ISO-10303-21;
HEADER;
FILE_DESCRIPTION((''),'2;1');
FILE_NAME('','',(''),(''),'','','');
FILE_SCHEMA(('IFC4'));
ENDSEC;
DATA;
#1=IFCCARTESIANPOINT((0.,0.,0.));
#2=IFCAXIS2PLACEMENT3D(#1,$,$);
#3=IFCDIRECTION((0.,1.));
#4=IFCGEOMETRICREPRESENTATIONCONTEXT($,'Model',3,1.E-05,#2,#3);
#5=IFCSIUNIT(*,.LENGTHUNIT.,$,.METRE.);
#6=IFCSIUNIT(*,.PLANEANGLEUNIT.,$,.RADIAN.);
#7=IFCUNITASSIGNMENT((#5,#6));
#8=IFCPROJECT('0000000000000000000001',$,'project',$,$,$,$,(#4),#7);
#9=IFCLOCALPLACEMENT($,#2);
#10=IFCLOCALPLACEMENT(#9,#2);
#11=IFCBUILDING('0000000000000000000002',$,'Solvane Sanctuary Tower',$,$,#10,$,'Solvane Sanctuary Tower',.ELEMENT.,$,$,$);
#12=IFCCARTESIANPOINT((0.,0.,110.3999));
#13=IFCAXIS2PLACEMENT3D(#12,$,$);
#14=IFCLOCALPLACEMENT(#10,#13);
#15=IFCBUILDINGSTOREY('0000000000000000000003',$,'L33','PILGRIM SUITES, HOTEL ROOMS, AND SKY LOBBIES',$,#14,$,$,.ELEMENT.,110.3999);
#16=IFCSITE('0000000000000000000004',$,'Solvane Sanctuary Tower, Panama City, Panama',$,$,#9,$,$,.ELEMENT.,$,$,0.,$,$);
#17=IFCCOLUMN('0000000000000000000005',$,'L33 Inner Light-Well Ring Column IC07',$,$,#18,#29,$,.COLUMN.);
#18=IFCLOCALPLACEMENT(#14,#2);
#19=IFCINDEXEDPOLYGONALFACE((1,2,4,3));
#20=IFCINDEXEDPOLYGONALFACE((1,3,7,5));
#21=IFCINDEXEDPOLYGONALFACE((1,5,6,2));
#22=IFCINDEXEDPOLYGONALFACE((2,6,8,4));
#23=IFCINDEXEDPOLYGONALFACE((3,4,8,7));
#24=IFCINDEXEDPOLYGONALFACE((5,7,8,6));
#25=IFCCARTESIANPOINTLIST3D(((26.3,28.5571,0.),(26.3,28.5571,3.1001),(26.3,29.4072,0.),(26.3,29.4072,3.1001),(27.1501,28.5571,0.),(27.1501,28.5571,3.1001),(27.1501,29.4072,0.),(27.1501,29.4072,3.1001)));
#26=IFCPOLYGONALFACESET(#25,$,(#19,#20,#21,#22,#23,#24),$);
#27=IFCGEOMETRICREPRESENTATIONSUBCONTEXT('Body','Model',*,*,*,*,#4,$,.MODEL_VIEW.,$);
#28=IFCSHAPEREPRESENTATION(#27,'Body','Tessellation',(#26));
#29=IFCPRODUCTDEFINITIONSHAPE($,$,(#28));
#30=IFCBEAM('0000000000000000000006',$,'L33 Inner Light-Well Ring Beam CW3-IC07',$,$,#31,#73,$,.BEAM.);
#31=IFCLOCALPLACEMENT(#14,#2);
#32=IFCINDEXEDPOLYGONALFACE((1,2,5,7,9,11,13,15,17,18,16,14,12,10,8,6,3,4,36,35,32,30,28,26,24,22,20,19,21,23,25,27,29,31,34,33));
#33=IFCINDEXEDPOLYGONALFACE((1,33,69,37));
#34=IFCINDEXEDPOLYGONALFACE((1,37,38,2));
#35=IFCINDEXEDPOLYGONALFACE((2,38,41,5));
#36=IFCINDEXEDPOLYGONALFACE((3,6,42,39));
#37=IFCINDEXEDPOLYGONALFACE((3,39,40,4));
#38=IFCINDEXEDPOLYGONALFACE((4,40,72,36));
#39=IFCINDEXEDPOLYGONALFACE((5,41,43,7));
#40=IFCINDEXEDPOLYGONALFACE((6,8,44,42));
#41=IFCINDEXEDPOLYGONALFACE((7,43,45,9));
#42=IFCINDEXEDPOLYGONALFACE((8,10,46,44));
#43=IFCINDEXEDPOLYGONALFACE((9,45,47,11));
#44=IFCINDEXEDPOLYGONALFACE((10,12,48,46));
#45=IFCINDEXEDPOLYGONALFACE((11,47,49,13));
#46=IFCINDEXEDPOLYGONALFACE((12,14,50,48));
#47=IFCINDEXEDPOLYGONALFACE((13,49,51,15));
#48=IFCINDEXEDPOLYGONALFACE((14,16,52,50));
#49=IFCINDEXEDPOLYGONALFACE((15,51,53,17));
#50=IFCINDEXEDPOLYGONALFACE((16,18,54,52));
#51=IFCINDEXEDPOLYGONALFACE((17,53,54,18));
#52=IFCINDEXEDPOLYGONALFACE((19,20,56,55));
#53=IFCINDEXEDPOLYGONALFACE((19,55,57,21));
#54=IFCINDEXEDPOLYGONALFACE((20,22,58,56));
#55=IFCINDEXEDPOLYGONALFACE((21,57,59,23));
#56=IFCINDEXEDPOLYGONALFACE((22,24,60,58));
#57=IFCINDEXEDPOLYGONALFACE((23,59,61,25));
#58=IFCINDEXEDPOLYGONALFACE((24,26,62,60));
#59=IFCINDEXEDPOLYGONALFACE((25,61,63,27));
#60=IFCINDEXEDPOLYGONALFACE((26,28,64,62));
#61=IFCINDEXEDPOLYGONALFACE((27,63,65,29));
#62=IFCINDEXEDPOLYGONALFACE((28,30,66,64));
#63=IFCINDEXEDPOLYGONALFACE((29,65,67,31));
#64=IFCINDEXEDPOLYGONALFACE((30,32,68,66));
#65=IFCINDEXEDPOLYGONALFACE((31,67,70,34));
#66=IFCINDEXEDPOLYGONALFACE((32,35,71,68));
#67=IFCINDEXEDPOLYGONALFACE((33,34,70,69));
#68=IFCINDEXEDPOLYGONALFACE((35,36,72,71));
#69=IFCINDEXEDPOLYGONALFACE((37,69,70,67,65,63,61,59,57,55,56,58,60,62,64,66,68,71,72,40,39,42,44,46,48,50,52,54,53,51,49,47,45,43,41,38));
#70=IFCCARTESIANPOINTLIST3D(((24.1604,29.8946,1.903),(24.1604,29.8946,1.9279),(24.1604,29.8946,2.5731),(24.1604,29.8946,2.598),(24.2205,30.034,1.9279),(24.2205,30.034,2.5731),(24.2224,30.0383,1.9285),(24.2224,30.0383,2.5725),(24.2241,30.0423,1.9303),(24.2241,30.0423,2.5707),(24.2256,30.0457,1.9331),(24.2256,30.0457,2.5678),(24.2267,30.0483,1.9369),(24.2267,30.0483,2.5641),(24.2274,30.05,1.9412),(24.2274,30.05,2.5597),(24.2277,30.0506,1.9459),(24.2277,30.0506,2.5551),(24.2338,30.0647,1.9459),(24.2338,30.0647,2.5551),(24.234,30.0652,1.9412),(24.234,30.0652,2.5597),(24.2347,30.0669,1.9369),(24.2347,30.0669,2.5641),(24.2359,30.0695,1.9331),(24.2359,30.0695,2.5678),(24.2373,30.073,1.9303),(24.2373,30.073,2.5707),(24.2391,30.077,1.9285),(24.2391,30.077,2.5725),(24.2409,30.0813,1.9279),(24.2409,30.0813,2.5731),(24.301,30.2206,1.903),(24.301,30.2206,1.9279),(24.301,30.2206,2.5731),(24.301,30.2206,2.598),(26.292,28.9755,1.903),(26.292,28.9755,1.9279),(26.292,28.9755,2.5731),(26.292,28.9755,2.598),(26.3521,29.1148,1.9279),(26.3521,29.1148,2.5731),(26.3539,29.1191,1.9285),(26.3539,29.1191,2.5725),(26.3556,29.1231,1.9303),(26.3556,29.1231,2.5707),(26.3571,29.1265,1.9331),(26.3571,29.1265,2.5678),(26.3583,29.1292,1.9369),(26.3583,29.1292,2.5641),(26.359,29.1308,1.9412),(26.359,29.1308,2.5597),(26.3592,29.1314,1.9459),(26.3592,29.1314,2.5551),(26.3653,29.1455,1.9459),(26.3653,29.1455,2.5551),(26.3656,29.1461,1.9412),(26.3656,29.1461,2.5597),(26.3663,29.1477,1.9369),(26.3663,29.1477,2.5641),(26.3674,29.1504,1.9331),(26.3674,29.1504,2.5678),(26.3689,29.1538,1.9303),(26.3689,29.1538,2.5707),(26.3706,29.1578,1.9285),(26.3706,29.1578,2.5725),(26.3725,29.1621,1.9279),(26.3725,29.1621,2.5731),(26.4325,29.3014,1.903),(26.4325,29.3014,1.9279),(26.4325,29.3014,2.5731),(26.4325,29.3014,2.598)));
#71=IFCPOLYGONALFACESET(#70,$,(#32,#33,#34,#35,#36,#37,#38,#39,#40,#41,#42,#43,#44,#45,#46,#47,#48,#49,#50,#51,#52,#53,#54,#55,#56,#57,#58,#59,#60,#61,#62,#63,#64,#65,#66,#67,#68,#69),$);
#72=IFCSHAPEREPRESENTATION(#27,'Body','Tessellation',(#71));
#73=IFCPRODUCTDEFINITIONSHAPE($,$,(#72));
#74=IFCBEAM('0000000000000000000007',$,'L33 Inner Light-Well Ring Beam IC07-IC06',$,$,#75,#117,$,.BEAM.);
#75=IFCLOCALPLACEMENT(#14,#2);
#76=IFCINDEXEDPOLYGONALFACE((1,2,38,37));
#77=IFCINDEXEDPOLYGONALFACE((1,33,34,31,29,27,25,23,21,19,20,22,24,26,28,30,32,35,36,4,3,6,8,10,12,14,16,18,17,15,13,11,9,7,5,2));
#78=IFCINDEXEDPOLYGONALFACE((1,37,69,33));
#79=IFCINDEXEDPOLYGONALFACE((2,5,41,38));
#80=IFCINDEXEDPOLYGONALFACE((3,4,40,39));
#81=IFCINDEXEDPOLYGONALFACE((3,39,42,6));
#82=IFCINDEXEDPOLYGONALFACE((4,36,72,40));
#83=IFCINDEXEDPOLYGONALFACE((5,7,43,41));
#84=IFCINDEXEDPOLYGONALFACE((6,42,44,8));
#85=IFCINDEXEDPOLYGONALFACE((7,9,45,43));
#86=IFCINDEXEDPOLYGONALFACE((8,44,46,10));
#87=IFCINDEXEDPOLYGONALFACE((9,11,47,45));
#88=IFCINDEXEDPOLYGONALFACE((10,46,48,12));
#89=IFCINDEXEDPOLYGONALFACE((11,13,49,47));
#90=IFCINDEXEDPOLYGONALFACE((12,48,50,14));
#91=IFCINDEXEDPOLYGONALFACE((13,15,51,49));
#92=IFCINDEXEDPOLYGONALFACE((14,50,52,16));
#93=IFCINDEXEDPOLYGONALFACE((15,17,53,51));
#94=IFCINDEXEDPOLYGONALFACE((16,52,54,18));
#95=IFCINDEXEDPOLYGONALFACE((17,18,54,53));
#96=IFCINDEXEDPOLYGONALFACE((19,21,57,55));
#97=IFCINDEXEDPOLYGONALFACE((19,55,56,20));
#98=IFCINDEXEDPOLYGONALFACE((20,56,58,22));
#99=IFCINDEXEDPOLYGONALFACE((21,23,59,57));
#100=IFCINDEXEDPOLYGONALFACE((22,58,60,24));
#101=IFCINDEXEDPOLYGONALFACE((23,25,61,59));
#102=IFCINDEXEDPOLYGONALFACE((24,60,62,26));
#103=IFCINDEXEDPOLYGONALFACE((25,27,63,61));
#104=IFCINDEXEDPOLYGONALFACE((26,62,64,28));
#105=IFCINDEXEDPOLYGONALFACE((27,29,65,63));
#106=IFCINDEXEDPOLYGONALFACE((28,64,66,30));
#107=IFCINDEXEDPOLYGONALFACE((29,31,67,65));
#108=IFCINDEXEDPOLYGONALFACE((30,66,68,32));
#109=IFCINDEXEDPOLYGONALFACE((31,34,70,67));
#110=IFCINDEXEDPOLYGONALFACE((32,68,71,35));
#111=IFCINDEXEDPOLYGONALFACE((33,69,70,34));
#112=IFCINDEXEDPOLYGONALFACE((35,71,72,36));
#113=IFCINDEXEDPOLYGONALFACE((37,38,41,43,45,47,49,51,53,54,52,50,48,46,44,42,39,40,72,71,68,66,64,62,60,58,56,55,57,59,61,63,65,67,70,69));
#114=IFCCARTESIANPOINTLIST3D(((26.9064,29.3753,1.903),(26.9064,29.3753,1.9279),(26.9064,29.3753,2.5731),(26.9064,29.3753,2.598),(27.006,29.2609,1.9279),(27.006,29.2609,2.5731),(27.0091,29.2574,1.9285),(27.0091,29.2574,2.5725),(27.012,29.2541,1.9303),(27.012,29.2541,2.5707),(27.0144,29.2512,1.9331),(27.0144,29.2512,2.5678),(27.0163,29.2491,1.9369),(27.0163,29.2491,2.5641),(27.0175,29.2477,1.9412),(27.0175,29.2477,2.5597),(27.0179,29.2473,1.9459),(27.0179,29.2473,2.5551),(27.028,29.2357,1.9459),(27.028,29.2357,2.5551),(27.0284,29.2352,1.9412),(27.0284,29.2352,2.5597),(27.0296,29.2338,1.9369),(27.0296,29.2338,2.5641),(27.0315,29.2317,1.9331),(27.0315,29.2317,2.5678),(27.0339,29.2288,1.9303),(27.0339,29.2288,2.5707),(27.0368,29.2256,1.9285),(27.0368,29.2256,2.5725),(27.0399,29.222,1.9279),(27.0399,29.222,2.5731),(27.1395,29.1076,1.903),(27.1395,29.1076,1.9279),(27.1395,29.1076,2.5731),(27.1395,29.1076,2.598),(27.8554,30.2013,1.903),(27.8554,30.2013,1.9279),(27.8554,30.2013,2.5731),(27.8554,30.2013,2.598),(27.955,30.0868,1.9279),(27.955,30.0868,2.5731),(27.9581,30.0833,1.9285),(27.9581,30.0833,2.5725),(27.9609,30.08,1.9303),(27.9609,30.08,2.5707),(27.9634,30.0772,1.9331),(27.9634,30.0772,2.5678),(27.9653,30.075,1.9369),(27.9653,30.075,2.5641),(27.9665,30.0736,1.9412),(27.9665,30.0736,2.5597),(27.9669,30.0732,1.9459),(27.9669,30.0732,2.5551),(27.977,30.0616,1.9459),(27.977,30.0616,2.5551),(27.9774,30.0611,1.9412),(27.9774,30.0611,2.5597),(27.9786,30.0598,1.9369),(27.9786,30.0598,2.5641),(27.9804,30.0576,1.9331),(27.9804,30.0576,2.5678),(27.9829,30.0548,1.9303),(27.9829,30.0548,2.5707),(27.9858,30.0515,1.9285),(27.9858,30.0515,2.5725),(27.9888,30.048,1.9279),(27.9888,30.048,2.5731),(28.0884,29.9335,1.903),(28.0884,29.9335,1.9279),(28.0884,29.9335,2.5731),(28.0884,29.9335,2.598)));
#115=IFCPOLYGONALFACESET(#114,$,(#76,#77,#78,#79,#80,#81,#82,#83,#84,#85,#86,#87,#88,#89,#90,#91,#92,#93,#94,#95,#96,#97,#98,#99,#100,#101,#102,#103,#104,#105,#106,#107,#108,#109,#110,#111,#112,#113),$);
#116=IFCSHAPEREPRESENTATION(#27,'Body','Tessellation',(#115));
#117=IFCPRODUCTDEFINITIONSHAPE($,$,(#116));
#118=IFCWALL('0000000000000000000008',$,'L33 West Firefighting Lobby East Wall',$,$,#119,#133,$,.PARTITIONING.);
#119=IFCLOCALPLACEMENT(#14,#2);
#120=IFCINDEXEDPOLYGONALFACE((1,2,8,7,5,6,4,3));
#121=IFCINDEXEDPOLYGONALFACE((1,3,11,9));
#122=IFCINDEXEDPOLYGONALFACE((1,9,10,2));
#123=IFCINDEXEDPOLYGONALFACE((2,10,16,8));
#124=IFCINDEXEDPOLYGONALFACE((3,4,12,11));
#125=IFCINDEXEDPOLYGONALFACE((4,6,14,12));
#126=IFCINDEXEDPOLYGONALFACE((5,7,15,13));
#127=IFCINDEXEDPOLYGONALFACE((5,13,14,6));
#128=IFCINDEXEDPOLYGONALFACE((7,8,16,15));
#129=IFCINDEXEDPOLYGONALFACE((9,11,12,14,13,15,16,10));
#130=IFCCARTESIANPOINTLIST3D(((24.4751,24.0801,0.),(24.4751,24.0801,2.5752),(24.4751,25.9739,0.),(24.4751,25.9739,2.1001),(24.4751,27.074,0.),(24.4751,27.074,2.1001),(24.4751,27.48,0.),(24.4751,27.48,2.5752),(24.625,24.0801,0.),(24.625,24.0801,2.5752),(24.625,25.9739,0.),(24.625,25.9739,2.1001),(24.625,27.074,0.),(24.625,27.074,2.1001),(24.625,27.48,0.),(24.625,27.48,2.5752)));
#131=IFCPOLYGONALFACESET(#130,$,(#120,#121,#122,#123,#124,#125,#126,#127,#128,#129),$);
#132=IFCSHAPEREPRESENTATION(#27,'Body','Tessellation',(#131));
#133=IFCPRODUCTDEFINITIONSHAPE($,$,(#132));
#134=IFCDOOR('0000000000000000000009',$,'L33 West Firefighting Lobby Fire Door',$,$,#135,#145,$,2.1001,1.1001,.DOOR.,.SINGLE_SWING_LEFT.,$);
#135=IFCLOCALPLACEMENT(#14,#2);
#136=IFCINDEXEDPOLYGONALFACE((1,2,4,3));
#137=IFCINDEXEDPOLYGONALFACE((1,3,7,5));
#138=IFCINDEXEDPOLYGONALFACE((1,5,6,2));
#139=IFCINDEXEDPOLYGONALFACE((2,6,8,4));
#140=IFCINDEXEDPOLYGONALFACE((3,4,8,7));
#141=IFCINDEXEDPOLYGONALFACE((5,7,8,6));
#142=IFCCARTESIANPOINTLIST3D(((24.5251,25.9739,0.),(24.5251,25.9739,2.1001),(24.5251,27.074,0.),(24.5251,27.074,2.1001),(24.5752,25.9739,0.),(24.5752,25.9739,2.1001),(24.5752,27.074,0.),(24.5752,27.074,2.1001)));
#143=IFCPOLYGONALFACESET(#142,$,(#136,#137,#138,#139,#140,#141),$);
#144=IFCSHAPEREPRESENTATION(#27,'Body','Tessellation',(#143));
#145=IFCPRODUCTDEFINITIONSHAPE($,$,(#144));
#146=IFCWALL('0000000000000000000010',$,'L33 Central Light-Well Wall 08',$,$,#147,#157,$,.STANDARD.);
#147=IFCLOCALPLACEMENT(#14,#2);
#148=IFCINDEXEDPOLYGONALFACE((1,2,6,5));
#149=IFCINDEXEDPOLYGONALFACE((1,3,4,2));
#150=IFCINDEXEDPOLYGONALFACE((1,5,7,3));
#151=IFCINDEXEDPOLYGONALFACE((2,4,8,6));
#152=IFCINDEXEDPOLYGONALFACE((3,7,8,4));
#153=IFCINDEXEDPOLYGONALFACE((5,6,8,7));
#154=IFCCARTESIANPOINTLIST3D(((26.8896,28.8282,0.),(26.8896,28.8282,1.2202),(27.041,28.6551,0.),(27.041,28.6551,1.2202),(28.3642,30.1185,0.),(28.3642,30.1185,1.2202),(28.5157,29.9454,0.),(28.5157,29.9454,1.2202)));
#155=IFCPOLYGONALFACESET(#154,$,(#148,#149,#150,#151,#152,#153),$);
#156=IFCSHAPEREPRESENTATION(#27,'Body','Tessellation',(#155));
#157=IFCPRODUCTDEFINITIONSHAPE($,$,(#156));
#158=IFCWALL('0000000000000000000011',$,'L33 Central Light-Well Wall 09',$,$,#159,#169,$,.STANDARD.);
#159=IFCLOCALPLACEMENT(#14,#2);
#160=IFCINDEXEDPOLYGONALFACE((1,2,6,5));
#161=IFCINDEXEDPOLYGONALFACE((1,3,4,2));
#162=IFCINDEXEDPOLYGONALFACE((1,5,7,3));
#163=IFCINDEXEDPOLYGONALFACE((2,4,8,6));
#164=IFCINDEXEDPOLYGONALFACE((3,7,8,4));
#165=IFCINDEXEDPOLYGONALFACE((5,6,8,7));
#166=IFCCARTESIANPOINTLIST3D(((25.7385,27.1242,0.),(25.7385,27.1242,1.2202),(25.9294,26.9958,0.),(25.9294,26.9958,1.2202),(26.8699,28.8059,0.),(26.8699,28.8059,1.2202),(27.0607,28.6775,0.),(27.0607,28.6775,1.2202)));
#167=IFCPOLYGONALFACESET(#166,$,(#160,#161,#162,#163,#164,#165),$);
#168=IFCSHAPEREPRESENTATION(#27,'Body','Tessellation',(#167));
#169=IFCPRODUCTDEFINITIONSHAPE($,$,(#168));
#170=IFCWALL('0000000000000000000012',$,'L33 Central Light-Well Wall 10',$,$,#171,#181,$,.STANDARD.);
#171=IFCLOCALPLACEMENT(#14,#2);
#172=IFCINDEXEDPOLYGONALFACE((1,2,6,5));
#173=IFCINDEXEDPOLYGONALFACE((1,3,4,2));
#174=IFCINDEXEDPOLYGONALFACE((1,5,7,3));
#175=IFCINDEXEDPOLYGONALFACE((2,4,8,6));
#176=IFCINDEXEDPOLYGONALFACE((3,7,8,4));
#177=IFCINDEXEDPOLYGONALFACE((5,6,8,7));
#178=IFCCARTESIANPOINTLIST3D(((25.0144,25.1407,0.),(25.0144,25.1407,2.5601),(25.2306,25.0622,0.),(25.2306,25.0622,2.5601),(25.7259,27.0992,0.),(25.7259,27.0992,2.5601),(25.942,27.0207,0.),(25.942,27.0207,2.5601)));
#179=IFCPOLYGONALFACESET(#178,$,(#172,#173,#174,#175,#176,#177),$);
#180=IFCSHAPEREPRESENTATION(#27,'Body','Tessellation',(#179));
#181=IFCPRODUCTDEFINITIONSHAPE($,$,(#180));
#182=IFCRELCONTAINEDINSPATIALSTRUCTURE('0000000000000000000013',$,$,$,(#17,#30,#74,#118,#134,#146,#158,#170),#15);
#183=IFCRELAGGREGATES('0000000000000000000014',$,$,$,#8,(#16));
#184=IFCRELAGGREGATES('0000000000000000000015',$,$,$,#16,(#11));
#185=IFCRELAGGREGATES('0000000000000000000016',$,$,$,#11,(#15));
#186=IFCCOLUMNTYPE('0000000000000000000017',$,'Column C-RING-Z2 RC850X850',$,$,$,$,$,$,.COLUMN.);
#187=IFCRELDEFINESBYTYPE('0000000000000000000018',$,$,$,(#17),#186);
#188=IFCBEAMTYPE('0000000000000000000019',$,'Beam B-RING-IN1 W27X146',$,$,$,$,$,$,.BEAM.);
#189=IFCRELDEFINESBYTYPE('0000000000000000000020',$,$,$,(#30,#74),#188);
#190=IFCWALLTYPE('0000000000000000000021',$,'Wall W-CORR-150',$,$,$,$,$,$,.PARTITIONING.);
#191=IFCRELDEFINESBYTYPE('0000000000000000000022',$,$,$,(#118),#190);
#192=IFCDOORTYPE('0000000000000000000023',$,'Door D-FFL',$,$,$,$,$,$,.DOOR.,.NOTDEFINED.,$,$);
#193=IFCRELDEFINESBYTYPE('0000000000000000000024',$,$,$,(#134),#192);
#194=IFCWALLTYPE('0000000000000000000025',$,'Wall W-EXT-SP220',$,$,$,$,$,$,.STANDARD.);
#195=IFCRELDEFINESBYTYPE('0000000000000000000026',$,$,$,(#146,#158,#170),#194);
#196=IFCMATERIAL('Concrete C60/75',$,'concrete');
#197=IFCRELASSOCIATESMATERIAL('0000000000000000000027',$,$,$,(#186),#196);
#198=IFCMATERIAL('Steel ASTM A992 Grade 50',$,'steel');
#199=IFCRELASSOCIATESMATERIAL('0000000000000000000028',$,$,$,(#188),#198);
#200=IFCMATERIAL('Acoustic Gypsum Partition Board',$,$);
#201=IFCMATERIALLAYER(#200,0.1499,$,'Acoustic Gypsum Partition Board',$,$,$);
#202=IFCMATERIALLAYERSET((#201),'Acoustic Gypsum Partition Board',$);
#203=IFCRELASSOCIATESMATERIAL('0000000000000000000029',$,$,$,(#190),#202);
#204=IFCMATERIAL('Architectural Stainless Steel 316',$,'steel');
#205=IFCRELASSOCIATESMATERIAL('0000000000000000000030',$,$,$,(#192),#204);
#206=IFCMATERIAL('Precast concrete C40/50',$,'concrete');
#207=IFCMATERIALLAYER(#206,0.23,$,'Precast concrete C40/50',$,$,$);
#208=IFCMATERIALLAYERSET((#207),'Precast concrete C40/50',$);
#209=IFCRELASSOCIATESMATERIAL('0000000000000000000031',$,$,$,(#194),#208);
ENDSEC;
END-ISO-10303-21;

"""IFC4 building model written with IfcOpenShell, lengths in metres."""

from ifc_helpers import new_model, si_unit, direction, frame, frame_2d, origin, origin_2d, place, context, subcontext, project, spatial, rectangle, i_section, extrude, material, layer, layer_set, material_profile, profile_set, type_object, element, fill, save


model = new_model("IFC4")

# Units and contexts
model_context = context("Model", 3, precision=1e-05, world=origin(), true_north=direction((0.0, 1.0)))
body_context = subcontext(model_context, "Body", "Model", "MODEL_VIEW")
ifc_project = project(units=[si_unit("LENGTHUNIT", "METRE"), si_unit("PLANEANGLEUNIT", "RADIAN")], contexts=[model_context])

# Site, building, storey
site_placement = place(None, origin())
site = spatial("IfcSite", under=ifc_project, at=site_placement, Name="Solvane Sanctuary Tower, Panama City, Panama", CompositionType="ELEMENT", RefElevation=0.0)
building_placement = place(site_placement, origin())
building = spatial("IfcBuilding", under=site, at=building_placement, Name="Solvane Sanctuary Tower", LongName="Solvane Sanctuary Tower", CompositionType="ELEMENT")
storey_placement = place(building_placement, frame((0.0, 0.0, 110.3999)))
storey = spatial("IfcBuildingStorey", under=building, at=storey_placement, Name="L33", Description="PILGRIM SUITES, HOTEL ROOMS, AND SKY LOBBIES", CompositionType="ELEMENT", Elevation=110.3999)

# Column
ifc_material_1 = material(Name="Concrete C60/75", Category="concrete")
ifc_material_profile_1 = material_profile(ifc_material_1, rectangle(XDim=0.8501, YDim=0.8501, at=origin_2d()), Name="RC850X850")
ifc_profile_set_1 = profile_set([ifc_material_profile_1], Name="Concrete C60/75")
column_type = type_object("IfcColumnType", Name="Column C-RING-Z2 RC850X850", PredefinedType="COLUMN", material=ifc_profile_set_1)
column_placement = place(storey_placement, frame((26.7251, 28.9822, 0.0), z_axis=(0.0, 0.0, 1.0), x_axis=(1.0, 0.0, 0.0)))
element("IfcColumn", 1, at=column_placement, inside=storey, type_object=column_type, Name="L33 Inner Light-Well Ring Column IC07", PredefinedType="COLUMN", context=body_context, shape_type="SweptSolid", body=[
    extrude(rectangle(XDim=0.8501, YDim=0.8501, at=origin_2d()), origin(), (0.0, 0.0, 1.0), 3.1001),
])

# Beams
ifc_material_2 = material(Name="Steel ASTM A992 Grade 50", Category="steel")
ifc_material_profile_2 = material_profile(ifc_material_2, i_section(OverallWidth=0.355, OverallDepth=0.6951, WebThickness=0.0154, FlangeThickness=0.0249, FilletRadius=0.0181, at=origin_2d()), Name="W27X146")
ifc_profile_set_2 = profile_set([ifc_material_profile_2], Name="Steel ASTM A992 Grade 50")
beam_type = type_object("IfcBeamType", Name="Beam B-RING-IN1 W27X146", PredefinedType="BEAM", material=ifc_profile_set_2)
beam_1_placement = place(storey_placement, frame((24.2307, 30.0576, 2.2505), z_axis=(0.918261, -0.395975, 0.0), x_axis=(0.395975, 0.918261, 0.0)))
element("IfcBeam", 2, at=beam_1_placement, inside=storey, type_object=beam_type, Name="L33 Inner Light-Well Ring Beam CW3-IC07", PredefinedType="BEAM", context=body_context, shape_type="SweptSolid", body=[
    extrude(i_section(OverallWidth=0.355, OverallDepth=0.6951, WebThickness=0.0154, FlangeThickness=0.0249, FilletRadius=0.0181, at=origin_2d()), origin(), (0.0, 0.0, 1.0), 2.3213),
])
beam_2_placement = place(storey_placement, frame((27.0229, 29.2415, 2.2505), z_axis=(0.754317, 0.65651, 0.0), x_axis=(-0.65651, 0.754317, 0.0)))
element("IfcBeam", 3, at=beam_2_placement, inside=storey, type_object=beam_type, Name="L33 Inner Light-Well Ring Beam IC07-IC06", PredefinedType="BEAM", context=body_context, shape_type="SweptSolid", body=[
    extrude(i_section(OverallWidth=0.355, OverallDepth=0.6951, WebThickness=0.0154, FlangeThickness=0.0249, FilletRadius=0.0181, at=origin_2d()), origin(), (0.0, 0.0, 1.0), 1.2581),
])

# Wall, opening, door
ifc_material_3 = material(Name="Acoustic Gypsum Partition Board")
ifc_layer_1 = layer(ifc_material_3, 0.1499, Name="Acoustic Gypsum Partition Board")
ifc_layer_set_1 = layer_set([ifc_layer_1], Name="Acoustic Gypsum Partition Board")
wall_type_1 = type_object("IfcWallType", Name="Wall W-CORR-150", PredefinedType="PARTITIONING", material=ifc_layer_set_1)
wall_1_placement = place(storey_placement, frame((24.55, 24.0801, 0.0), z_axis=(0.0, 0.0, 1.0), x_axis=(0.0, 1.0, 0.0)))
wall_1 = element("IfcWall", 4, at=wall_1_placement, inside=storey, type_object=wall_type_1, Name="L33 West Firefighting Lobby East Wall", PredefinedType="PARTITIONING", context=body_context, shape_type="SweptSolid", body=[
    extrude(rectangle(XDim=3.3999, YDim=0.1499, at=frame_2d((1.7, 0.0))), origin(), (0.0, 0.0, 1.0), 2.5752),
])
opening_1_placement = place(wall_1_placement, frame((1.8938, 0.0, 0.0)))
opening_1 = element("IfcOpeningElement", 5, at=opening_1_placement, cuts=wall_1, PredefinedType="OPENING", context=body_context, shape_type="SweptSolid", body=[
    extrude(rectangle(XDim=1.1001, YDim=2.1001, at=frame_2d((0.55, 1.05))), frame((0.0, 0.085, 0.0), z_axis=(0.0, -1.0, 0.0), x_axis=(1.0, 0.0, 0.0)), (0.0, 0.0, 1.0), 0.1699),
])
ifc_material_4 = material(Name="Architectural Stainless Steel 316", Category="steel")
door_type_1 = type_object("IfcDoorType", Name="Door D-FFL", OperationType="NOTDEFINED", PredefinedType="DOOR", material=ifc_material_4)
door_1_placement = place(opening_1_placement, origin())
door_1 = element("IfcDoor", 6, at=door_1_placement, inside=storey, type_object=door_type_1, Name="L33 West Firefighting Lobby Fire Door", OperationType="SINGLE_SWING_LEFT", OverallHeight=2.1001, OverallWidth=1.1001, PredefinedType="DOOR", context=body_context, shape_type="SweptSolid", body=[
    extrude(rectangle(XDim=1.1001, YDim=2.1001, at=frame_2d((0.55, 1.05))), frame((0.0, 0.0249, 0.0), z_axis=(0.0, -1.0, 0.0), x_axis=(1.0, 0.0, 0.0)), (0.0, 0.0, 1.0), 0.05),
])
fill(opening_1, door_1)

# Walls
ifc_material_5 = material(Name="Precast concrete C40/50", Category="concrete")
ifc_layer_2 = layer(ifc_material_5, 0.23, Name="Precast concrete C40/50")
ifc_layer_set_2 = layer_set([ifc_layer_2], Name="Precast concrete C40/50")
wall_type_2 = type_object("IfcWallType", Name="Wall W-EXT-SP220", PredefinedType="STANDARD", material=ifc_layer_set_2)
wall_2_placement = place(storey_placement, frame((28.4399, 30.032, 0.0), z_axis=(0.0, 0.0, 1.0), x_axis=(-0.752577, -0.658505, 0.0)))
element("IfcWall", 7, at=wall_2_placement, inside=storey, type_object=wall_type_2, Name="L33 Central Light-Well Wall 08", PredefinedType="STANDARD", context=body_context, shape_type="SweptSolid", body=[
    extrude(rectangle(XDim=1.9595, YDim=0.23, at=frame_2d((0.9797, 0.0))), origin(), (0.0, 0.0, 1.0), 1.2202),
])
wall_3_placement = place(storey_placement, frame((26.9653, 28.7417, 0.0), z_axis=(0.0, 0.0, 1.0), x_axis=(-0.558198, -0.829708, 0.0)))
element("IfcWall", 8, at=wall_3_placement, inside=storey, type_object=wall_type_2, Name="L33 Central Light-Well Wall 09", PredefinedType="STANDARD", context=body_context, shape_type="SweptSolid", body=[
    extrude(rectangle(XDim=2.0269, YDim=0.23, at=frame_2d((1.0134, 0.0))), origin(), (0.0, 0.0, 1.0), 1.2202),
])
wall_4_placement = place(storey_placement, frame((25.834, 27.0601, 0.0), z_axis=(0.0, 0.0, 1.0), x_axis=(-0.341423, -0.93991, 0.0)))
element("IfcWall", 9, at=wall_4_placement, inside=storey, type_object=wall_type_2, Name="L33 Central Light-Well Wall 10", PredefinedType="STANDARD", context=body_context, shape_type="SweptSolid", body=[
    extrude(rectangle(XDim=2.0837, YDim=0.23, at=frame_2d((1.042, 0.0))), origin(), (0.0, 0.0, 1.0), 2.5601),
])

save(model, "model.ifc")
